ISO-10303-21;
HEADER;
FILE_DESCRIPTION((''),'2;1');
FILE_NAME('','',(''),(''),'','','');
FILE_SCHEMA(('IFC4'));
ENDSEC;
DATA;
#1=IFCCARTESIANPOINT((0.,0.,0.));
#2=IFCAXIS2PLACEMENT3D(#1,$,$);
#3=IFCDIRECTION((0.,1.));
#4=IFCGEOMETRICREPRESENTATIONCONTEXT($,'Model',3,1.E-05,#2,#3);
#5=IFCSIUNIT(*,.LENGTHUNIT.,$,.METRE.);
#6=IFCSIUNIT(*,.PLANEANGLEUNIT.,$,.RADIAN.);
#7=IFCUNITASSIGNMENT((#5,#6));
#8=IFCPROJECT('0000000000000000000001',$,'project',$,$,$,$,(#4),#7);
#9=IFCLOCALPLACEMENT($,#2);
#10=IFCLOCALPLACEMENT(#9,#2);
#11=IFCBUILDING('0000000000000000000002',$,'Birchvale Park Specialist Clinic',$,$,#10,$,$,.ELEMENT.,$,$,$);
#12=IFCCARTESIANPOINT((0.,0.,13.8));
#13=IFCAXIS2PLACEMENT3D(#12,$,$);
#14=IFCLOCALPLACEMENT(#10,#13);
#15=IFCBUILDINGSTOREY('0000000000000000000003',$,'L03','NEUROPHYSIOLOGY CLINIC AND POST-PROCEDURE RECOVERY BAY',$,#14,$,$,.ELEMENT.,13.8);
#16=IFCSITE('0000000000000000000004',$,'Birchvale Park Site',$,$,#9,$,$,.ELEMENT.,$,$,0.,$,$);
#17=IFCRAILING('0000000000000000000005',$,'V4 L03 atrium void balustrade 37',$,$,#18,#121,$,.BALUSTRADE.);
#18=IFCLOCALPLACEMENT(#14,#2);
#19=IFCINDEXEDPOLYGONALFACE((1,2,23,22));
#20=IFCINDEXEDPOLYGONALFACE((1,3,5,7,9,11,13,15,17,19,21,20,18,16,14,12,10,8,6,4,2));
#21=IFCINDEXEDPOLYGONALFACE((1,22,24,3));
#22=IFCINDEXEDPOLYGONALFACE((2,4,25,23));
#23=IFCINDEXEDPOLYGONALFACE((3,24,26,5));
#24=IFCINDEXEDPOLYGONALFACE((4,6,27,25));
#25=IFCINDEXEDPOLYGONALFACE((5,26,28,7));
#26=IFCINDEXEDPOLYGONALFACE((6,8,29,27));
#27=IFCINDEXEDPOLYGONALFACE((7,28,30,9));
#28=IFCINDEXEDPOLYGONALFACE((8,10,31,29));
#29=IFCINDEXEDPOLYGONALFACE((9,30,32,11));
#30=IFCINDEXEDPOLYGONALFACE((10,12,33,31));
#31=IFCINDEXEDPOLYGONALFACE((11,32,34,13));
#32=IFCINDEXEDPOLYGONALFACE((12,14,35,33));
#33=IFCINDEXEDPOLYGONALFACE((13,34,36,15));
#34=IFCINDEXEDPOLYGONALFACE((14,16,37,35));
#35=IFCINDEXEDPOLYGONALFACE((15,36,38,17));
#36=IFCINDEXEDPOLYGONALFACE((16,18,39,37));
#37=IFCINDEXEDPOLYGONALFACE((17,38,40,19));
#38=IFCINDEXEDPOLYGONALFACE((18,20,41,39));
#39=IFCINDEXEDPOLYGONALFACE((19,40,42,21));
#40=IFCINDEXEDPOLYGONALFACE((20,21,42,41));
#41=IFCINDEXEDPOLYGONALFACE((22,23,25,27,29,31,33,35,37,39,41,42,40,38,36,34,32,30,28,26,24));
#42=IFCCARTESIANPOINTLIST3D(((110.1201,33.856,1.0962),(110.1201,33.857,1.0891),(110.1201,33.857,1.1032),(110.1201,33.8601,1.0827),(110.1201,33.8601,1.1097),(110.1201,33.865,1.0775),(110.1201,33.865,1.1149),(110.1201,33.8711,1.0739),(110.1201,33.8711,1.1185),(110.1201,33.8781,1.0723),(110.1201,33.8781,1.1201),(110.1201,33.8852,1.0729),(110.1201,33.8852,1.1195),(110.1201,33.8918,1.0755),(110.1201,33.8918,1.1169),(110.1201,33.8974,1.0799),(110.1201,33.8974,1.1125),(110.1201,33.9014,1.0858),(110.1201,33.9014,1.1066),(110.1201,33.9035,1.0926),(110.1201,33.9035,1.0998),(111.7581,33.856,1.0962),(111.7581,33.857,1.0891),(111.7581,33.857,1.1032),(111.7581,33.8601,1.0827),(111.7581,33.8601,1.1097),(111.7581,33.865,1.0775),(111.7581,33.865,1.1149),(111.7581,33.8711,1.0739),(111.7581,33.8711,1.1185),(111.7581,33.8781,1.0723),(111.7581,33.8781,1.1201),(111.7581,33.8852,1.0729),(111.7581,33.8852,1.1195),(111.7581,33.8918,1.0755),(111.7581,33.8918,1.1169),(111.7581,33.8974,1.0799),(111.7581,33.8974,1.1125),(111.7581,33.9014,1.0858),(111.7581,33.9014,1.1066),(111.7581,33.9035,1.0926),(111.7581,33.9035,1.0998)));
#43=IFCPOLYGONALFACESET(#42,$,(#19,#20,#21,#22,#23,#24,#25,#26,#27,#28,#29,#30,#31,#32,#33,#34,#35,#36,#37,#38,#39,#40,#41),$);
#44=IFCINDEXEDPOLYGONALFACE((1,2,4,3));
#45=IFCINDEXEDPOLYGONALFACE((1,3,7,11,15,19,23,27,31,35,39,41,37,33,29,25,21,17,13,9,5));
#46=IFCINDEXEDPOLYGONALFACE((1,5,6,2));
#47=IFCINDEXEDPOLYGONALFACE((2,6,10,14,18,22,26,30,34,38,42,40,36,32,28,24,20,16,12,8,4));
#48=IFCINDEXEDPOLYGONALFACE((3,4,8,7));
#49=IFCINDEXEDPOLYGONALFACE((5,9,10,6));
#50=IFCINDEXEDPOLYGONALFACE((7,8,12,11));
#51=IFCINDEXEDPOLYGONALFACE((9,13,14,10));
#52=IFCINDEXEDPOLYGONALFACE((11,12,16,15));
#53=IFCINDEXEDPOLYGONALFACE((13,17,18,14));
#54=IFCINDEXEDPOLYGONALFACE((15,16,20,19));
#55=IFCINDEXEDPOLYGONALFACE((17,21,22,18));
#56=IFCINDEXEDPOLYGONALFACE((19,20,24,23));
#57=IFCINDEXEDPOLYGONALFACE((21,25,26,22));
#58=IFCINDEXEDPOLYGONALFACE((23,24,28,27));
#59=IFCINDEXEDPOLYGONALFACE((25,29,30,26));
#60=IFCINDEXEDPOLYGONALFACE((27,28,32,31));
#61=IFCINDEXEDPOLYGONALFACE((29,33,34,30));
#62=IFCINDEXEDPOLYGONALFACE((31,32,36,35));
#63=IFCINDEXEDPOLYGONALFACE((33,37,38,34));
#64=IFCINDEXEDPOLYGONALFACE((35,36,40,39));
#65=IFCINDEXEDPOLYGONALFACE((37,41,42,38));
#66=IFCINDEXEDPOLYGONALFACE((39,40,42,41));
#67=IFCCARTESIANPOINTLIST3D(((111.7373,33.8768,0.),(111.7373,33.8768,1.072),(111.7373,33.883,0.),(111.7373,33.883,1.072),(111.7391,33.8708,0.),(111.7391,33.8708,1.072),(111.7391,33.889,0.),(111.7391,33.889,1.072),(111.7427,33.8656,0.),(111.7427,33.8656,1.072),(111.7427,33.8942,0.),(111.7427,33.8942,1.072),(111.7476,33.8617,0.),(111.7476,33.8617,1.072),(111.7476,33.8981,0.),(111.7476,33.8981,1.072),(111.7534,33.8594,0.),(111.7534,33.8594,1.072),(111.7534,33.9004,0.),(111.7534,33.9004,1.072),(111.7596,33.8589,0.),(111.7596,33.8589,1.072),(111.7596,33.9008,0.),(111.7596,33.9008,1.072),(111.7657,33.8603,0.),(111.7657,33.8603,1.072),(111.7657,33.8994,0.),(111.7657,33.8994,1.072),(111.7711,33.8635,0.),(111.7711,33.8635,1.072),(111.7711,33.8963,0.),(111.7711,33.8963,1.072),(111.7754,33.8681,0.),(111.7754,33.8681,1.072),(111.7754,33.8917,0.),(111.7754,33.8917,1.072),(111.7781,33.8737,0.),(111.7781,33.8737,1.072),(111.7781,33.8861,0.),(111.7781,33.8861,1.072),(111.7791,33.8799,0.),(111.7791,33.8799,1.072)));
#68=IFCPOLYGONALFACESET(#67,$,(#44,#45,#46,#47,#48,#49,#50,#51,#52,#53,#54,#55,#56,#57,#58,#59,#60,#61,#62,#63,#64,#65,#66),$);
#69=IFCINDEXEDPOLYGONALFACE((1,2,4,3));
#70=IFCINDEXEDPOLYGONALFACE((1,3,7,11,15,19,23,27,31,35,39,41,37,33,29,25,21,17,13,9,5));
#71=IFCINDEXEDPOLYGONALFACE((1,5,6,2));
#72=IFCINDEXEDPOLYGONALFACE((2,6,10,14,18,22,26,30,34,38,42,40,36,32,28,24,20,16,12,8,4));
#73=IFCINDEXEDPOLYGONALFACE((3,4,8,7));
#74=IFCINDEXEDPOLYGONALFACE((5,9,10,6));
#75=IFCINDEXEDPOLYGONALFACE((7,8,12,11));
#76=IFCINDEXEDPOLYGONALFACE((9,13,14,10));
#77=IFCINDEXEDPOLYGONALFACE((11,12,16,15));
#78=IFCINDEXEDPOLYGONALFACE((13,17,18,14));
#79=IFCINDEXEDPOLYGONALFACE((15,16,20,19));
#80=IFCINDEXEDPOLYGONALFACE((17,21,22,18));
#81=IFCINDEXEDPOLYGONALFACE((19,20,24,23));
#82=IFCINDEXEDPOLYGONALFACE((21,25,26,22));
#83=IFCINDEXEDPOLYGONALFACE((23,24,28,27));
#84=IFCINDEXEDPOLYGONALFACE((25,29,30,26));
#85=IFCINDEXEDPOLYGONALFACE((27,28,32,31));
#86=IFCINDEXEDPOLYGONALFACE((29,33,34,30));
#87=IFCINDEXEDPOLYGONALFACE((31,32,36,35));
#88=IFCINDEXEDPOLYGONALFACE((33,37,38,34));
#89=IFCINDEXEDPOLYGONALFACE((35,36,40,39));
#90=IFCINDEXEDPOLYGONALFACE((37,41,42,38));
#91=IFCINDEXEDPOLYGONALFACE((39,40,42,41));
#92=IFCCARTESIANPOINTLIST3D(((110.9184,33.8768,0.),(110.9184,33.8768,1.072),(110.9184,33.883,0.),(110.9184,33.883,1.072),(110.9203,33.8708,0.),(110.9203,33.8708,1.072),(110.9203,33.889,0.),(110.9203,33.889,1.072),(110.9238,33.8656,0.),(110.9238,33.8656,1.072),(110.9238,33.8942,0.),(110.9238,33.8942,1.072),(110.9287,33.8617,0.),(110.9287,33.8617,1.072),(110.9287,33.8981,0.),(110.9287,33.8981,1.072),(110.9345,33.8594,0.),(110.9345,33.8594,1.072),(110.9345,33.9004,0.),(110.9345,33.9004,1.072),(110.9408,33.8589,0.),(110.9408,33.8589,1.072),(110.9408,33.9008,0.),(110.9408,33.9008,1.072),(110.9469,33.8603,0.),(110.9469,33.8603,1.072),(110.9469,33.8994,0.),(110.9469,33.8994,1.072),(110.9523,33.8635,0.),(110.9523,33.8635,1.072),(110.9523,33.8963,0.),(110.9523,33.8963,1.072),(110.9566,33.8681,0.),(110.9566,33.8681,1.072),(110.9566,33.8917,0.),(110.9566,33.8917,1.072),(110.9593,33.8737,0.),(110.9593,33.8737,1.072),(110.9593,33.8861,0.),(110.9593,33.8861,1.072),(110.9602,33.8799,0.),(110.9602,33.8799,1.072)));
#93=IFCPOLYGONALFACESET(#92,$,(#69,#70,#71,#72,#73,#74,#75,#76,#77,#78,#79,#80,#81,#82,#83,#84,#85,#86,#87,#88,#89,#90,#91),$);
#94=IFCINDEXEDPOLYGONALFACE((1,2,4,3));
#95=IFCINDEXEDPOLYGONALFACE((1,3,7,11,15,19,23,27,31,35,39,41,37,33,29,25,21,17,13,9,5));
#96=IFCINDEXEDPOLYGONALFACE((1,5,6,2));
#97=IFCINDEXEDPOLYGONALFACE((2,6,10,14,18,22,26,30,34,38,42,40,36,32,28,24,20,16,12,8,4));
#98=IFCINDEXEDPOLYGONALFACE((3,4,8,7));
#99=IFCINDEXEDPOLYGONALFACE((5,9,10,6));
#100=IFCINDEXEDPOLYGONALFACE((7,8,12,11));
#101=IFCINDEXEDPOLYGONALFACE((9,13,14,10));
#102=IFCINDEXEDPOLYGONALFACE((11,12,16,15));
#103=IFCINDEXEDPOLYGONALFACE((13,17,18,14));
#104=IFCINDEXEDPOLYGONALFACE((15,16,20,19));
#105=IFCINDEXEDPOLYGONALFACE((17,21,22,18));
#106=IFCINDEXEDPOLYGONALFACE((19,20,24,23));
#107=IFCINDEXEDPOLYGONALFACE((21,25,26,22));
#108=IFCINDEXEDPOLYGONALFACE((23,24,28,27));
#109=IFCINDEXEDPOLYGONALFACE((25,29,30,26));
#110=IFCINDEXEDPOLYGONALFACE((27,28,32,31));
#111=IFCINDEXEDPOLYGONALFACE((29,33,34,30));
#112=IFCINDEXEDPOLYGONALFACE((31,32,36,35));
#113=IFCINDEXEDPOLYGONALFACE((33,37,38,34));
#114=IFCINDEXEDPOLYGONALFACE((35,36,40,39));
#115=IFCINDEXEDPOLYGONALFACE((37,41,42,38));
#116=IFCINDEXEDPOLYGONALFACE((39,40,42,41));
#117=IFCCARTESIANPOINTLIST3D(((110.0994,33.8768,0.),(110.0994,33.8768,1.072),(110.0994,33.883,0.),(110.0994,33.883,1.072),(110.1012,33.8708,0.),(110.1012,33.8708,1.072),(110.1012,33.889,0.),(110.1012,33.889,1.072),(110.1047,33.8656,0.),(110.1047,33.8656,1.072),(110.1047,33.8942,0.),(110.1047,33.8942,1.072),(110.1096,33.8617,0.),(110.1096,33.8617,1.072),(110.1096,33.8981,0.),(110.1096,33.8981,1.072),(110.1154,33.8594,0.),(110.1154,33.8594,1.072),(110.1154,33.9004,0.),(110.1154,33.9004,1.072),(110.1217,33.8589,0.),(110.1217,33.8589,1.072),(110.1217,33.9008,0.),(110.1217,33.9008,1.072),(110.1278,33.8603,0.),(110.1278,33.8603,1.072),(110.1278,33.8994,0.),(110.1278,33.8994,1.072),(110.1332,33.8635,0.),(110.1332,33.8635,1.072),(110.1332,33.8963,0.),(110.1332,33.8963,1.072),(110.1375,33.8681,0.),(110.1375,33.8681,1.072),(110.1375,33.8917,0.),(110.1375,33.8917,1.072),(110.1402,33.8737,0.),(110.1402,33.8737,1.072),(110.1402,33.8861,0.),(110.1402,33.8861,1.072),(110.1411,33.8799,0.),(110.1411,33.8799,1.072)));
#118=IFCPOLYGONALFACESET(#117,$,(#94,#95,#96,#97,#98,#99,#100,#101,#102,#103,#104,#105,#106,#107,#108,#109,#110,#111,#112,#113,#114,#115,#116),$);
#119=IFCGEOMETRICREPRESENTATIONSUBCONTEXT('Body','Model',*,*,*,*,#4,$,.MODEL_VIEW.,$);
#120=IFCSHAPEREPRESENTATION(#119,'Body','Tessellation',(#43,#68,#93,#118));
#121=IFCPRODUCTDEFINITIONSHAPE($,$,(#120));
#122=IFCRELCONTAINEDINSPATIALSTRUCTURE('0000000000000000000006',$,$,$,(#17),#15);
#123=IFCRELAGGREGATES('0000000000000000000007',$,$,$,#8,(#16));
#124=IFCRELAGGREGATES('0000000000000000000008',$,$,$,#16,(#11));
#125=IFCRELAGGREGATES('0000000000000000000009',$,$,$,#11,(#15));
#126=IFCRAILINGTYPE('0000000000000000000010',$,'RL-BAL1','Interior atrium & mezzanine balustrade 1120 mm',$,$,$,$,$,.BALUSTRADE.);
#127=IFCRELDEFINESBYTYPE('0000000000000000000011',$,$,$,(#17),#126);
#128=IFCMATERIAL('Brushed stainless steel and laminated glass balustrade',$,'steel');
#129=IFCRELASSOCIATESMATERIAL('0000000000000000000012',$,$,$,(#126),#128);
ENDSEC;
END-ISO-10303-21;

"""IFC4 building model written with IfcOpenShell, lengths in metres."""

from ifc_helpers import new_model, si_unit, direction, frame, origin, origin_2d, place, context, subcontext, project, spatial, circle, extrude, material, type_object, element, save


model = new_model("IFC4")

# Units and contexts
model_context = context("Model", 3, precision=1e-05, world=origin(), true_north=direction((0.0, 1.0)))
body_context = subcontext(model_context, "Body", "Model", "MODEL_VIEW")
ifc_project = project(units=[si_unit("LENGTHUNIT", "METRE"), si_unit("PLANEANGLEUNIT", "RADIAN")], contexts=[model_context])

# Site, building, storey
site_placement = place(None, origin())
site = spatial("IfcSite", under=ifc_project, at=site_placement, Name="Birchvale Park Site", CompositionType="ELEMENT", RefElevation=0.0)
building_placement = place(site_placement, origin())
building = spatial("IfcBuilding", under=site, at=building_placement, Name="Birchvale Park Specialist Clinic", CompositionType="ELEMENT")
storey_placement = place(building_placement, frame((0.0, 0.0, 13.8)))
storey = spatial("IfcBuildingStorey", under=building, at=storey_placement, Name="L03", Description="NEUROPHYSIOLOGY CLINIC AND POST-PROCEDURE RECOVERY BAY", CompositionType="ELEMENT", Elevation=13.8)

# Railing
ifc_material_1 = material(Name="Brushed stainless steel and laminated glass balustrade", Category="steel")
railing_type = type_object("IfcRailingType", Name="RL-BAL1", Description="Interior atrium & mezzanine balustrade 1120 mm", PredefinedType="BALUSTRADE", material=ifc_material_1)
railing_1_placement = place(storey_placement, frame((111.7581, 33.8799, 0.0)))
element("IfcRailing", 1, at=railing_1_placement, inside=storey, type_object=railing_type, Name="V4 L03 atrium void balustrade 37", PredefinedType="BALUSTRADE", context=body_context, shape_type="SweptSolid", body=[
    extrude(circle(Radius=0.0239, at=origin_2d()), frame((0.0, 0.0, 1.0962), z_axis=(-1.0, 0.0, 0.0), x_axis=(0.0, -1.0, 0.0)), (0.0, 0.0, 1.0), 1.6379),
    extrude(circle(Radius=0.021, at=origin_2d()), origin(), (0.0, 0.0, 1.0), 1.072),
    extrude(circle(Radius=0.021, at=origin_2d()), frame((-0.8188, 0.0, 0.0)), (0.0, 0.0, 1.0), 1.072),
    extrude(circle(Radius=0.021, at=origin_2d()), frame((-1.6379, 0.0, 0.0)), (0.0, 0.0, 1.0), 1.072),
])

save(model, "model.ifc")
